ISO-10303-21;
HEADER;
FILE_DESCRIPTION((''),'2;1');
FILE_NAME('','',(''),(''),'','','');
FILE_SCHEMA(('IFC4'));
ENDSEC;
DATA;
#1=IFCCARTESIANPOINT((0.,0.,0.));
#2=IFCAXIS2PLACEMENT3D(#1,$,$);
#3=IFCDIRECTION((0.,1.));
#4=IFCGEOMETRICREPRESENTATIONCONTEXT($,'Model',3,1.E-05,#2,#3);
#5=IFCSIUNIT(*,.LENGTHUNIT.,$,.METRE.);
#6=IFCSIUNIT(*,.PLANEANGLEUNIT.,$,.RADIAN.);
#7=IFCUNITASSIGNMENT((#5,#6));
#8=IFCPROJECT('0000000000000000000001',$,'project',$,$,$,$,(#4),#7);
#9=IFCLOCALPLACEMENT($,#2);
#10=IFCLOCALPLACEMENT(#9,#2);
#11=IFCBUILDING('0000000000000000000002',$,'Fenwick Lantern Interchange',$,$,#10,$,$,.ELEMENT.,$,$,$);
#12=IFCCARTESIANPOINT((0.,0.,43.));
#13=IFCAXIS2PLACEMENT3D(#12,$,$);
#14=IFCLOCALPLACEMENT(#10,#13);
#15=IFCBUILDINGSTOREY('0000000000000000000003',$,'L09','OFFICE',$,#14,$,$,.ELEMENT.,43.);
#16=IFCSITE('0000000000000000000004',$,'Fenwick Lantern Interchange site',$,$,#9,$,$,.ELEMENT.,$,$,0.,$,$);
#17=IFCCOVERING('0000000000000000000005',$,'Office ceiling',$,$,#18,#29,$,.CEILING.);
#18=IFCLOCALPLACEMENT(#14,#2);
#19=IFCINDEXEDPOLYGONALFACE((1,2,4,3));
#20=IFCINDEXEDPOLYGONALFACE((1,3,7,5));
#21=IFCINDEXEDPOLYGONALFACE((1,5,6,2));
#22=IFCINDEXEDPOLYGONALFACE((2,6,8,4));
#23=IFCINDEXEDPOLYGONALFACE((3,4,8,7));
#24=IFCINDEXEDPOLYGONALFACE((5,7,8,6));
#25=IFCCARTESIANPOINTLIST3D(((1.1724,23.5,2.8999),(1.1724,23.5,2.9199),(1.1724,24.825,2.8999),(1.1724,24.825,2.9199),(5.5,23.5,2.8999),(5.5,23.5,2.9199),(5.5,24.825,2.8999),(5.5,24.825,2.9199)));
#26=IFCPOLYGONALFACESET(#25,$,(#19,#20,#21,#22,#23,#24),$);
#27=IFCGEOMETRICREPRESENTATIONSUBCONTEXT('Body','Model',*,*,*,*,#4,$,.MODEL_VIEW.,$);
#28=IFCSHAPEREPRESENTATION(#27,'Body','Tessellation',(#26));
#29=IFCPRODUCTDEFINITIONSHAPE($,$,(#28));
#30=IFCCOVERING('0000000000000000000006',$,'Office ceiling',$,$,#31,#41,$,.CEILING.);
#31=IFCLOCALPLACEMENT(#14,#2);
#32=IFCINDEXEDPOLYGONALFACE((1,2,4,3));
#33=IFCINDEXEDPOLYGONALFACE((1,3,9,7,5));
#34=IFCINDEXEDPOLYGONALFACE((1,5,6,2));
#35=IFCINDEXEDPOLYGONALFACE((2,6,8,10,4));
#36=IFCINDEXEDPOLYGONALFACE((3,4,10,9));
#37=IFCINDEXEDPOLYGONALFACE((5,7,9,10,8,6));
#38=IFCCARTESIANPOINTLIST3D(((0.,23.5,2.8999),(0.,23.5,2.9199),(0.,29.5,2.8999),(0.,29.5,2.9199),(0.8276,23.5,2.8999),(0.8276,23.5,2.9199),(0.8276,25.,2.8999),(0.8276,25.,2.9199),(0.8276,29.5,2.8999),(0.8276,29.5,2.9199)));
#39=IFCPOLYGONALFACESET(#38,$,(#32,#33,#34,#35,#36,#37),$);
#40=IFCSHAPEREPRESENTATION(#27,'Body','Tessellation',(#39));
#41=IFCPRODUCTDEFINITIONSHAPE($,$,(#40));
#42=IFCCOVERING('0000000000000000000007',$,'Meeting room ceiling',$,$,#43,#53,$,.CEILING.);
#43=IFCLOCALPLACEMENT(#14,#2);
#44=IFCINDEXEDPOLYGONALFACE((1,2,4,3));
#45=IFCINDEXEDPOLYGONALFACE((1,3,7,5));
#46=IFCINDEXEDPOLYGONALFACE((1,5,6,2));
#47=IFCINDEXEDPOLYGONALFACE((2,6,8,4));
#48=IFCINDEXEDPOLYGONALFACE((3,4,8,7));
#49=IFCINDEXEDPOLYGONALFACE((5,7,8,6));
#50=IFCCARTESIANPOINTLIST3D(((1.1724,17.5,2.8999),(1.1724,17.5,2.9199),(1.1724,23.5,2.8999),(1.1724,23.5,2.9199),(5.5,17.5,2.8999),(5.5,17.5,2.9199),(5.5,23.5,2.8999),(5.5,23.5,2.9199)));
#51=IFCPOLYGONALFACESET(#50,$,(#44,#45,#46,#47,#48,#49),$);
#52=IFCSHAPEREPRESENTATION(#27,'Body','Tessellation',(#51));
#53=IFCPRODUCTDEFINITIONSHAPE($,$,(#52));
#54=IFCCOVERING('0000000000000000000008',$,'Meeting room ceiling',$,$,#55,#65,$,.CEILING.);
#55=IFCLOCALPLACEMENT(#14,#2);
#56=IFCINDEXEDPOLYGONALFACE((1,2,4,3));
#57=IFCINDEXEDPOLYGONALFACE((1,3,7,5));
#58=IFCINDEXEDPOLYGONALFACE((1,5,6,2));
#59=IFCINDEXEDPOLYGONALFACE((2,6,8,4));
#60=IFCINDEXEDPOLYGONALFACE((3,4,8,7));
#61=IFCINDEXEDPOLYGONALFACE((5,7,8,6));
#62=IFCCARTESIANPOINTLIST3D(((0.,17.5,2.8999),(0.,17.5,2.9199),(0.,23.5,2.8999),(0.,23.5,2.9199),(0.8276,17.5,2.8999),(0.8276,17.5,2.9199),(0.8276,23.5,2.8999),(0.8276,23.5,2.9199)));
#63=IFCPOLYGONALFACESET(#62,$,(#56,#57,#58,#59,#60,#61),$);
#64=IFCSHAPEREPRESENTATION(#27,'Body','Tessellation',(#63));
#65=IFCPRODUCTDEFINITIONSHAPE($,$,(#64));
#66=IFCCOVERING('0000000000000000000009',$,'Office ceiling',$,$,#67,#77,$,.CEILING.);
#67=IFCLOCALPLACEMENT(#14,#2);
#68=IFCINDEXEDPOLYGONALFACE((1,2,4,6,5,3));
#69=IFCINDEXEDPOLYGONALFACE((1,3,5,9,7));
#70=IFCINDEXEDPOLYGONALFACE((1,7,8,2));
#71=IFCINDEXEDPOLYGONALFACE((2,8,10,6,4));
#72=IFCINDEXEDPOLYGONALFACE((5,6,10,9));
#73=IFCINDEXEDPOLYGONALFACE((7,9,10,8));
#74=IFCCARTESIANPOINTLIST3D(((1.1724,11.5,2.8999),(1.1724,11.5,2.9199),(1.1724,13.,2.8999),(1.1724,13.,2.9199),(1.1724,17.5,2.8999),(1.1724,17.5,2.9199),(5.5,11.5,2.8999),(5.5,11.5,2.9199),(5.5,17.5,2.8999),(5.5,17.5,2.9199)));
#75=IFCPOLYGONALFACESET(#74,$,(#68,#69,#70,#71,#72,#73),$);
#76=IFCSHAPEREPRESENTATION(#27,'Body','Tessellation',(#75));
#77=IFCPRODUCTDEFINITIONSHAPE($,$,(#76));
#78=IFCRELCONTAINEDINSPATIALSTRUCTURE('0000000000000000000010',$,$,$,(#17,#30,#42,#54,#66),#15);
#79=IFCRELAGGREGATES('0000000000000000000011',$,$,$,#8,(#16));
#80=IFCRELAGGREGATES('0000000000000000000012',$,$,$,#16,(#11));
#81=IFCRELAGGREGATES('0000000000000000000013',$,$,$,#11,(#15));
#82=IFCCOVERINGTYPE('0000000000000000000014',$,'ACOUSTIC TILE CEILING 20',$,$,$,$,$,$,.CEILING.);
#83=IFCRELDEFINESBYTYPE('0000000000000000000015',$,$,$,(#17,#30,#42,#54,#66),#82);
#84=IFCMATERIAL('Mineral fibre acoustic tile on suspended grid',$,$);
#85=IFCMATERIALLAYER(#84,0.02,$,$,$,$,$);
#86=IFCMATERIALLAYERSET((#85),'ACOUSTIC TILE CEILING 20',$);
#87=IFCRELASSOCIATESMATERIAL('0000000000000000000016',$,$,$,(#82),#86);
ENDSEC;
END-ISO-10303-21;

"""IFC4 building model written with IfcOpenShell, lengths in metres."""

from ifc_helpers import new_model, si_unit, direction, frame, origin, place, context, subcontext, project, spatial, polyline, outline, extrude, material, layer, layer_set, type_object, element, save


model = new_model("IFC4")

# Units and contexts
model_context = context("Model", 3, precision=1e-05, world=origin(), true_north=direction((0.0, 1.0)))
body_context = subcontext(model_context, "Body", "Model", "MODEL_VIEW")
ifc_project = project(units=[si_unit("LENGTHUNIT", "METRE"), si_unit("PLANEANGLEUNIT", "RADIAN")], contexts=[model_context])

# Site, building, storey
site_placement = place(None, origin())
site = spatial("IfcSite", under=ifc_project, at=site_placement, Name="Fenwick Lantern Interchange site", CompositionType="ELEMENT", RefElevation=0.0)
building_placement = place(site_placement, origin())
building = spatial("IfcBuilding", under=site, at=building_placement, Name="Fenwick Lantern Interchange", CompositionType="ELEMENT")
storey_placement = place(building_placement, frame((0.0, 0.0, 43.0)))
storey = spatial("IfcBuildingStorey", under=building, at=storey_placement, Name="L09", Description="OFFICE", CompositionType="ELEMENT", Elevation=43.0)

# Coverings
ifc_material = material(Name="Mineral fibre acoustic tile on suspended grid")
ifc_layer = layer(ifc_material, 0.02)
ifc_layer_set = layer_set([ifc_layer], Name="ACOUSTIC TILE CEILING 20")
covering_type = type_object("IfcCoveringType", Name="ACOUSTIC TILE CEILING 20", PredefinedType="CEILING", material=ifc_layer_set)
covering_1_placement = place(storey_placement, frame((0.0, 0.0, 2.8999)))
element("IfcCovering", 1, at=covering_1_placement, inside=storey, type_object=covering_type, Name="Office ceiling", PredefinedType="CEILING", context=body_context, shape_type="SweptSolid", body=[
    extrude(outline(polyline([(5.5, 23.5), (5.5, 24.825), (1.1724, 24.825), (1.1724, 23.5), (5.5, 23.5)])), origin(), (0.0, 0.0, 1.0), 0.02),
])
covering_2_placement = place(storey_placement, frame((0.0, 0.0, 2.8999)))
element("IfcCovering", 2, at=covering_2_placement, inside=storey, type_object=covering_type, Name="Office ceiling", PredefinedType="CEILING", context=body_context, shape_type="SweptSolid", body=[
    extrude(outline(polyline([(0.0, 23.5), (0.8276, 23.5), (0.8276, 25.0), (0.8276, 29.5), (0.0, 29.5), (0.0, 23.5)])), origin(), (0.0, 0.0, 1.0), 0.02),
])
covering_3_placement = place(storey_placement, frame((0.0, 0.0, 2.8999)))
element("IfcCovering", 3, at=covering_3_placement, inside=storey, type_object=covering_type, Name="Meeting room ceiling", PredefinedType="CEILING", context=body_context, shape_type="SweptSolid", body=[
    extrude(outline(polyline([(5.5, 23.5), (1.1724, 23.5), (1.1724, 17.5), (5.5, 17.5), (5.5, 23.5)])), origin(), (0.0, 0.0, 1.0), 0.02),
])
covering_4_placement = place(storey_placement, frame((0.0, 0.0, 2.8999)))
element("IfcCovering", 4, at=covering_4_placement, inside=storey, type_object=covering_type, Name="Meeting room ceiling", PredefinedType="CEILING", context=body_context, shape_type="SweptSolid", body=[
    extrude(outline(polyline([(0.0, 17.5), (0.8276, 17.5), (0.8276, 23.5), (0.0, 23.5), (0.0, 17.5)])), origin(), (0.0, 0.0, 1.0), 0.02),
])
covering_5_placement = place(storey_placement, frame((0.0, 0.0, 2.8999)))
element("IfcCovering", 5, at=covering_5_placement, inside=storey, type_object=covering_type, Name="Office ceiling", PredefinedType="CEILING", context=body_context, shape_type="SweptSolid", body=[
    extrude(outline(polyline([(5.5, 17.5), (1.1724, 17.5), (1.1724, 13.0), (1.1724, 11.5), (5.5, 11.5), (5.5, 17.5)])), origin(), (0.0, 0.0, 1.0), 0.02),
])

save(model, "model.ifc")
